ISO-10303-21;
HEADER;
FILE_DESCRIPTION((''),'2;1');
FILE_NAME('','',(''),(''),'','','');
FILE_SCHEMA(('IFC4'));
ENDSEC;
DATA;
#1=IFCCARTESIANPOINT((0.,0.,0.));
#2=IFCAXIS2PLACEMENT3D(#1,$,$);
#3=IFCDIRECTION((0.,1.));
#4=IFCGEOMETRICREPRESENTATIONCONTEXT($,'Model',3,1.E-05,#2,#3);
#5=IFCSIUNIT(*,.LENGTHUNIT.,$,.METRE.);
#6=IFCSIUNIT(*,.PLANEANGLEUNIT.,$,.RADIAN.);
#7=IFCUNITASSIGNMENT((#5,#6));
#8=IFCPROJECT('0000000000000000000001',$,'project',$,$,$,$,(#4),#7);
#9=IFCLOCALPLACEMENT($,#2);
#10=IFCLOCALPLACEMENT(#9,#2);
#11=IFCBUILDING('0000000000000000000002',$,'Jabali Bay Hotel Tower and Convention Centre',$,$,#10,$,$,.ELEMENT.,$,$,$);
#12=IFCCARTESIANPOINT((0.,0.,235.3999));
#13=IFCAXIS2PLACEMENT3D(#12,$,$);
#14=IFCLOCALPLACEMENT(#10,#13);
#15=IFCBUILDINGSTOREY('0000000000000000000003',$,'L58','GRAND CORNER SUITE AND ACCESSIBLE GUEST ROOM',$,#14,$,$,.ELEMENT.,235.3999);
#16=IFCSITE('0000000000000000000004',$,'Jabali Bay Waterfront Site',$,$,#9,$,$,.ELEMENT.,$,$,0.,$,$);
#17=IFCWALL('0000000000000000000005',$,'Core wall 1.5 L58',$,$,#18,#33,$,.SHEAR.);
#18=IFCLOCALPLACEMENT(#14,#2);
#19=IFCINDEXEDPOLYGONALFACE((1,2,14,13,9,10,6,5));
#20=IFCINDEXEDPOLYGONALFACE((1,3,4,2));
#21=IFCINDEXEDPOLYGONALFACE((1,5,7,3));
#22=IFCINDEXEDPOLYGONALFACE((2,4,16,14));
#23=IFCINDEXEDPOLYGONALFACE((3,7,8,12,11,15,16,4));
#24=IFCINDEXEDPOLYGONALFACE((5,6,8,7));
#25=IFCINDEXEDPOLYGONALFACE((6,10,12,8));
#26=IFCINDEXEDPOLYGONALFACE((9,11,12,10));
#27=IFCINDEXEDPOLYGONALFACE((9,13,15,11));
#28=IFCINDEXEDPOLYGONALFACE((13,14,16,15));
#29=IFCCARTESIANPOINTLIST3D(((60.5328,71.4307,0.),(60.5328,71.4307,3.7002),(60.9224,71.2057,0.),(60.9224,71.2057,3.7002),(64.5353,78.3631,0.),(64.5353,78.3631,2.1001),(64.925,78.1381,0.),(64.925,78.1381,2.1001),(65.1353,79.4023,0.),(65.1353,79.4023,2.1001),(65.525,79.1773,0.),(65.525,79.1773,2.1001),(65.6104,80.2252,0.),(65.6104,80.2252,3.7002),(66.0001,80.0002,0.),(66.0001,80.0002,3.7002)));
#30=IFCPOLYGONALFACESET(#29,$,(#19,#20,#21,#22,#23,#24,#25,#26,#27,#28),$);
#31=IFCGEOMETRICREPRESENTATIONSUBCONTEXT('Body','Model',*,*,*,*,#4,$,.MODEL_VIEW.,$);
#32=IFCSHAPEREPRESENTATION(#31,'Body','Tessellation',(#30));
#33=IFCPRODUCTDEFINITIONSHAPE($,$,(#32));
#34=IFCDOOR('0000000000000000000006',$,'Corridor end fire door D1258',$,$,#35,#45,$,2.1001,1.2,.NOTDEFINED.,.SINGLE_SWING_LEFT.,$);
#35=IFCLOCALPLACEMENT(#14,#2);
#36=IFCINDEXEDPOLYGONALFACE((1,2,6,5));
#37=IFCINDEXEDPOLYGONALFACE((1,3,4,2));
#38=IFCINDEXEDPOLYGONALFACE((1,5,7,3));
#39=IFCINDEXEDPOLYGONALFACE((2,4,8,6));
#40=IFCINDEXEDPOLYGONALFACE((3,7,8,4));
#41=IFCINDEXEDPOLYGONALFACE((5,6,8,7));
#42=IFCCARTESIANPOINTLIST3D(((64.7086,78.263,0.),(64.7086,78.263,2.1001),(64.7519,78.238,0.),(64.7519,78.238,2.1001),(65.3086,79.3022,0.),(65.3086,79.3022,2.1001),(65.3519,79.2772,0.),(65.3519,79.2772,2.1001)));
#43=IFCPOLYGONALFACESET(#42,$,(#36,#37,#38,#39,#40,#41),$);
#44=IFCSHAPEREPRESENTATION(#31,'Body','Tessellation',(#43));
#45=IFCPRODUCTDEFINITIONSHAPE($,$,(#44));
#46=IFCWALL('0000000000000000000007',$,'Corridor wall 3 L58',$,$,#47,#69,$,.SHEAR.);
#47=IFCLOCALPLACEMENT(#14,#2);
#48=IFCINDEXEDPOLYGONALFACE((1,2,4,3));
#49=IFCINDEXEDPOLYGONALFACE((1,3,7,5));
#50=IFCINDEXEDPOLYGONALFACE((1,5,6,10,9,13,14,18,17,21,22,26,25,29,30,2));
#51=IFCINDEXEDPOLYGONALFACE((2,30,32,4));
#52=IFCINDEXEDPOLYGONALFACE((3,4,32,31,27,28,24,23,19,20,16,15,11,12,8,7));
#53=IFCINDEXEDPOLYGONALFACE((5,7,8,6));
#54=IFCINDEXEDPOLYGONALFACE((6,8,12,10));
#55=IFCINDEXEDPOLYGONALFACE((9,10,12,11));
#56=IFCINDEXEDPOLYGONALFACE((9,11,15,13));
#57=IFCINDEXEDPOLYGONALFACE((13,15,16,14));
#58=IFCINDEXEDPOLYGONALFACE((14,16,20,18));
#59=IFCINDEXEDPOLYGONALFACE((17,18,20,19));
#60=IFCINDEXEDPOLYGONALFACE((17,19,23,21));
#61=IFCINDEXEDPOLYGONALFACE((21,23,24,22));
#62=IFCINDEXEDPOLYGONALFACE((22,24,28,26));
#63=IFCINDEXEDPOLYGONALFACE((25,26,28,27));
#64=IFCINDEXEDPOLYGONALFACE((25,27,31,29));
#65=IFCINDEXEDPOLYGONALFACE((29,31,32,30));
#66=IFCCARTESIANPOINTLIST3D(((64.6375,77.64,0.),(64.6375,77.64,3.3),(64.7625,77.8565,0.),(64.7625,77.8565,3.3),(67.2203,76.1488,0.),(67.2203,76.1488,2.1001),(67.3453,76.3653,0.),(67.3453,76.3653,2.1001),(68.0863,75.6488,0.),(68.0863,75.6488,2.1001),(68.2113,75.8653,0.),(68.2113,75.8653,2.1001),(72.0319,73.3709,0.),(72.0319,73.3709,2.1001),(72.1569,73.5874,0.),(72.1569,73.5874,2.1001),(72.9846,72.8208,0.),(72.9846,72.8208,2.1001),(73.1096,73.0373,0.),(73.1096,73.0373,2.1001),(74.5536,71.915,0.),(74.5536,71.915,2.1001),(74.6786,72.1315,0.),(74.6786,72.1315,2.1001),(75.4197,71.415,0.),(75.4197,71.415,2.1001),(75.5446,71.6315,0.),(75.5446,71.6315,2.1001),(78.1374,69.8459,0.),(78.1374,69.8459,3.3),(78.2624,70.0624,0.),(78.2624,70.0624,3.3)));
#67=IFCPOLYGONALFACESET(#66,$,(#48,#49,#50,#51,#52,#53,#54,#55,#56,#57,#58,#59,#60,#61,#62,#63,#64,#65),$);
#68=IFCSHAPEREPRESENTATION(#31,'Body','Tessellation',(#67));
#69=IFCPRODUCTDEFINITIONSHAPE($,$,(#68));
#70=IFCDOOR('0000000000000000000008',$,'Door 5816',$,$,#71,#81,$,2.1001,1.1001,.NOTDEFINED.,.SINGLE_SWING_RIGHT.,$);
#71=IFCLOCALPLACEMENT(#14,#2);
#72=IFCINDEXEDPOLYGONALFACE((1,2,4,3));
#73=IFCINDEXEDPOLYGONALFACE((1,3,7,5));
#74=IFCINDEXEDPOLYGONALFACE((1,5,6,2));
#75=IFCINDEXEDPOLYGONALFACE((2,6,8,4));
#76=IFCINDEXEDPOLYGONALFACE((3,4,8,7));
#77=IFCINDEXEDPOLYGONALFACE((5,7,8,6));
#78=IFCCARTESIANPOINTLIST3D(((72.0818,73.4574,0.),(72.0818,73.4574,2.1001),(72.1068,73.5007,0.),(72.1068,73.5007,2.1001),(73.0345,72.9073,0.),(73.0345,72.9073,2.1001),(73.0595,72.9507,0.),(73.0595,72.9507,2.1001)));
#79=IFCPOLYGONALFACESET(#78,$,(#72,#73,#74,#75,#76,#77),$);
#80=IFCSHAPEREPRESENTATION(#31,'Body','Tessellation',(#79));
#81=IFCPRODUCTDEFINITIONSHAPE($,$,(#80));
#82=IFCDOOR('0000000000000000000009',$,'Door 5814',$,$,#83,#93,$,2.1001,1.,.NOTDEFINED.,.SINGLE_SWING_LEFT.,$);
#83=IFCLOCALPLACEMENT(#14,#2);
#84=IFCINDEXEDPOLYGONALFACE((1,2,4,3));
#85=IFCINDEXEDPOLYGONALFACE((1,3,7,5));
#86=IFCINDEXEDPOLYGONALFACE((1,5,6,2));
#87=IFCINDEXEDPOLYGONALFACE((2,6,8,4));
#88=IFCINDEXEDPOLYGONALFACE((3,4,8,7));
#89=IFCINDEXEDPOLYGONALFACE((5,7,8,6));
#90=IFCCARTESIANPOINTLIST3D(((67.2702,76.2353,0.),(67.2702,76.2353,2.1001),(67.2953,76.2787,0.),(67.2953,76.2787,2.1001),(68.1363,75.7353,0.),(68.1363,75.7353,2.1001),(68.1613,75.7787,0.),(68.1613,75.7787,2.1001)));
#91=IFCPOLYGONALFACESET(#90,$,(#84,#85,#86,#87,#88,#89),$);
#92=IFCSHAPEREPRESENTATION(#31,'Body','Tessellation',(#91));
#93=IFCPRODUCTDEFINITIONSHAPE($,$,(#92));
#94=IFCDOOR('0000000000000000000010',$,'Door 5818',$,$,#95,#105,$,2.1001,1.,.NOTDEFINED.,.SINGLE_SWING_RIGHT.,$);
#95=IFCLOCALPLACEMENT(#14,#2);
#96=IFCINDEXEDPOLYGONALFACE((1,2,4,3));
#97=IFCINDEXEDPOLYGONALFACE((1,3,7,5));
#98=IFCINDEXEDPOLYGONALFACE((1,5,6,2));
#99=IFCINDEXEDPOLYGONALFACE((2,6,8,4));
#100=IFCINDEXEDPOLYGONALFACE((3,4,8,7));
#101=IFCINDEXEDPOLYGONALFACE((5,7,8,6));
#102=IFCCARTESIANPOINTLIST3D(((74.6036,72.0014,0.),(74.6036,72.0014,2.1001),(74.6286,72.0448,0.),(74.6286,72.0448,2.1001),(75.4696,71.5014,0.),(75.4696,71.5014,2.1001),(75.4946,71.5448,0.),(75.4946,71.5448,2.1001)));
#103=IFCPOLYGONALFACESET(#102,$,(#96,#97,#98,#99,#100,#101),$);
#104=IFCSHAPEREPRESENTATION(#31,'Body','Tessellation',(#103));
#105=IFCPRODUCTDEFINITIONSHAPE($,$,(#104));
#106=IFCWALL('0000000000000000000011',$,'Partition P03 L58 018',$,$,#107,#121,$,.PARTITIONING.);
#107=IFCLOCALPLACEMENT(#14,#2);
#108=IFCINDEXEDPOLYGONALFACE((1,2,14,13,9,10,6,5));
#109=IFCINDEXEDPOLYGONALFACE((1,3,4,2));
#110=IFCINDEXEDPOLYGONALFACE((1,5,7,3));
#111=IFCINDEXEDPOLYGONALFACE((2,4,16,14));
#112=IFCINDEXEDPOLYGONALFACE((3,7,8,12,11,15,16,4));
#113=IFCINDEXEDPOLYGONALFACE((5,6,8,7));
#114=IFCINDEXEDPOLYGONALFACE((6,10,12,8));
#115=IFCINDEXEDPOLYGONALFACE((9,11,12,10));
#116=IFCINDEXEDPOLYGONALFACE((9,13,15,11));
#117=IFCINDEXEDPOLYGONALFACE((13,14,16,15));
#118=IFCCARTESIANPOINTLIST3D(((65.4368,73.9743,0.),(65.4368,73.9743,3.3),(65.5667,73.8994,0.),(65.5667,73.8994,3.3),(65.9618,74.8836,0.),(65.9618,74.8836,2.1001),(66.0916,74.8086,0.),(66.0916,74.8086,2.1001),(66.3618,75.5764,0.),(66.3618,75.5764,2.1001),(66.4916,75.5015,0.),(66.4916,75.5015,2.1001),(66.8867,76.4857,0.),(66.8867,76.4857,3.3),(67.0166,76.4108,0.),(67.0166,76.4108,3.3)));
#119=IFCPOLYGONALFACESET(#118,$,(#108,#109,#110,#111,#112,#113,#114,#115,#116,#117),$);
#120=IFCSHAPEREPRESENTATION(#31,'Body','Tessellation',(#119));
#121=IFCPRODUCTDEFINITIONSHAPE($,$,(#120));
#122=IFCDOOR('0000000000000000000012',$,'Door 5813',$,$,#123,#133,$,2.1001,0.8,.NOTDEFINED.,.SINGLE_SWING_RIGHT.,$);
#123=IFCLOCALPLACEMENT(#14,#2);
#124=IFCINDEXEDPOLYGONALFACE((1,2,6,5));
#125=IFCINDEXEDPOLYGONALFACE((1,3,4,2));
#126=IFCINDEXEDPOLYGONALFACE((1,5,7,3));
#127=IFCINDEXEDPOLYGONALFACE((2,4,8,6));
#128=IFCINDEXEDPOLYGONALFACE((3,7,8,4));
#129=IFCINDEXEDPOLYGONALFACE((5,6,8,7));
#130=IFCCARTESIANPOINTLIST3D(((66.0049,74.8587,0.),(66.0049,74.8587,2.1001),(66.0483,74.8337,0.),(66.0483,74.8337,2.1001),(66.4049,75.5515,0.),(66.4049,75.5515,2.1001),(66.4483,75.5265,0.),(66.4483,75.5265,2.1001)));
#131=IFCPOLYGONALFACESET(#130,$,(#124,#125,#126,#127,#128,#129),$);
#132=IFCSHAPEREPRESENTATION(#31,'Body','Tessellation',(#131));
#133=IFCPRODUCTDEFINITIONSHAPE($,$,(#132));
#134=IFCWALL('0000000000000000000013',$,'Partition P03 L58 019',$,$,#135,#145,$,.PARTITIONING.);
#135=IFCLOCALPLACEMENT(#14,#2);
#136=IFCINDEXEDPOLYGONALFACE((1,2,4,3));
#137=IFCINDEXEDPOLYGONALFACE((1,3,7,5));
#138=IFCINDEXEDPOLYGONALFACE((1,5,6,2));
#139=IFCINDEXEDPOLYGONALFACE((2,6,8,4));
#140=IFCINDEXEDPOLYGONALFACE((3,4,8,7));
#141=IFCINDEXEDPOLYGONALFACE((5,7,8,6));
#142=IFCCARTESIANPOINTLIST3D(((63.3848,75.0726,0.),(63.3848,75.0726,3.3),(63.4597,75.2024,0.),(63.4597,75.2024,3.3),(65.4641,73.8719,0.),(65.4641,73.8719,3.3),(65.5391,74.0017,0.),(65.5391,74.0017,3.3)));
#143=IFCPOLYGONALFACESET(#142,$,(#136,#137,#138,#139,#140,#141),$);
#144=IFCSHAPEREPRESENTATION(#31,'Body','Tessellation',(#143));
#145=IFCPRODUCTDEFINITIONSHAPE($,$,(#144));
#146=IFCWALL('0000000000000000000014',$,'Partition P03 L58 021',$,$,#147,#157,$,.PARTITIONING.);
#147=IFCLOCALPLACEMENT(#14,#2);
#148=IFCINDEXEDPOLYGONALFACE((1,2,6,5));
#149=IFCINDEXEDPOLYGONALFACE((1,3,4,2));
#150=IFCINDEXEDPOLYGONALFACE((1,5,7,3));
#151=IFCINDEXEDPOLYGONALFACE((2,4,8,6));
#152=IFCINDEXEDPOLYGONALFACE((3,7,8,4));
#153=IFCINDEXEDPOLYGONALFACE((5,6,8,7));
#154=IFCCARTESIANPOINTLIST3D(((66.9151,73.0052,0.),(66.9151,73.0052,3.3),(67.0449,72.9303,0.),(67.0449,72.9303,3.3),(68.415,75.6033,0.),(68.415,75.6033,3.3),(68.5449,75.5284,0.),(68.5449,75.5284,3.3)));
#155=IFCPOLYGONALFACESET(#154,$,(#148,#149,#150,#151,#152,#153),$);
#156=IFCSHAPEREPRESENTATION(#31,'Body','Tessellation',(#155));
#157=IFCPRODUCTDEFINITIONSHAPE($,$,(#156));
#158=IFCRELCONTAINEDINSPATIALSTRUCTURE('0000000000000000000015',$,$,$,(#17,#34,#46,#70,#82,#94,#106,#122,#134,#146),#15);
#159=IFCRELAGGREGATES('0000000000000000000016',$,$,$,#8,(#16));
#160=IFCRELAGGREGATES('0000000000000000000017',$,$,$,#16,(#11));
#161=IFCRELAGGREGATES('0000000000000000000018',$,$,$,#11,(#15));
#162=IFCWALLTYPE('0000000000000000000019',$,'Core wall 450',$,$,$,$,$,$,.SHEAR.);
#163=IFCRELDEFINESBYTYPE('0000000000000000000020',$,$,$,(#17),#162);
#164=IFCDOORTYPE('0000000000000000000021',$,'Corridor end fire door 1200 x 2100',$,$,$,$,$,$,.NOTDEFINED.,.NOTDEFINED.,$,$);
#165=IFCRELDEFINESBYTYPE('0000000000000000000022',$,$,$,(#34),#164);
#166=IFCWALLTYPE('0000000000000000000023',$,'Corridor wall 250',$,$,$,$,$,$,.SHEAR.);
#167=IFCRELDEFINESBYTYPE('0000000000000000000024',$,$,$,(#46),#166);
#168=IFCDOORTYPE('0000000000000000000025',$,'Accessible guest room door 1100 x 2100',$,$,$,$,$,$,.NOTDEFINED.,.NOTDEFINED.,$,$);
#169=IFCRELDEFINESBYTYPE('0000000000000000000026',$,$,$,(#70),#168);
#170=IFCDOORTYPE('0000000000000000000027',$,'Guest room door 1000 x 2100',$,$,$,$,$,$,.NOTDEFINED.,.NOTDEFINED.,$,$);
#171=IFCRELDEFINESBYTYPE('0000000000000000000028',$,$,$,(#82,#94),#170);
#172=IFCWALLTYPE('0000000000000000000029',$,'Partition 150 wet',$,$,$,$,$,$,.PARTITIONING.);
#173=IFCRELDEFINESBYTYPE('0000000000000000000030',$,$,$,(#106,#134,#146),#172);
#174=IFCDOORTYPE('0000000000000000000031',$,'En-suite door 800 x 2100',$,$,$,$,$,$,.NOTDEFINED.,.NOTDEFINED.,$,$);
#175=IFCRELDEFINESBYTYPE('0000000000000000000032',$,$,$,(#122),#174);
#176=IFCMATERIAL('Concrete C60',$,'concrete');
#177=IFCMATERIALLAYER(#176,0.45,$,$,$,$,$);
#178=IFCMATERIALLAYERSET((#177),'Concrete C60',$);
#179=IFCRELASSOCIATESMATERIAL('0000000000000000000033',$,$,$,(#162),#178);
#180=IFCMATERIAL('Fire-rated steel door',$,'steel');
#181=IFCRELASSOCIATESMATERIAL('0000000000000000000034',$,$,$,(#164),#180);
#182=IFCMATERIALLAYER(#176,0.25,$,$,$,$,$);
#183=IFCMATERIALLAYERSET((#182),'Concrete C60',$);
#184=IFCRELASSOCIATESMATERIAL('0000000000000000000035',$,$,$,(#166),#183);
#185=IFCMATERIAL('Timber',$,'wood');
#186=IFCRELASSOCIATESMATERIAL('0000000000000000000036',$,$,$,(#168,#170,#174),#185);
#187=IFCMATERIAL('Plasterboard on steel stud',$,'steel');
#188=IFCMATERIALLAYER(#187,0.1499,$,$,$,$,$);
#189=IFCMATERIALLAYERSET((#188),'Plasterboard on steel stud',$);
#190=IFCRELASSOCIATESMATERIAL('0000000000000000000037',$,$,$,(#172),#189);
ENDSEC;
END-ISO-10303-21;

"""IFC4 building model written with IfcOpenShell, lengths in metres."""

from ifc_helpers import new_model, si_unit, direction, frame, frame_2d, origin, place, context, subcontext, project, spatial, rectangle, extrude, material, layer, layer_set, type_object, element, fill, save


model = new_model("IFC4")

# Units and contexts
model_context = context("Model", 3, precision=1e-05, world=origin(), true_north=direction((0.0, 1.0)))
body_context = subcontext(model_context, "Body", "Model", "MODEL_VIEW")
ifc_project = project(units=[si_unit("LENGTHUNIT", "METRE"), si_unit("PLANEANGLEUNIT", "RADIAN")], contexts=[model_context])

# Site, building, storey
site_placement = place(None, origin())
site = spatial("IfcSite", under=ifc_project, at=site_placement, Name="Jabali Bay Waterfront Site", CompositionType="ELEMENT", RefElevation=0.0)
building_placement = place(site_placement, origin())
building = spatial("IfcBuilding", under=site, at=building_placement, Name="Jabali Bay Hotel Tower and Convention Centre", CompositionType="ELEMENT")
storey_placement = place(building_placement, frame((0.0, 0.0, 235.3999)))
storey = spatial("IfcBuildingStorey", under=building, at=storey_placement, Name="L58", Description="GRAND CORNER SUITE AND ACCESSIBLE GUEST ROOM", CompositionType="ELEMENT", Elevation=235.3999)

# Shared definitions
ifc_material_1 = material(Name="Concrete C60", Category="concrete")

# Shared definitions
ifc_material_2 = material(Name="Fire-rated steel door", Category="steel")

# Wall, opening, door
ifc_layer_1 = layer(ifc_material_1, 0.45)
ifc_layer_set_1 = layer_set([ifc_layer_1], Name="Concrete C60")
wall_type_1 = type_object("IfcWallType", Name="Core wall 450", PredefinedType="SHEAR", material=ifc_layer_set_1)
wall_1_placement = place(storey_placement, frame((60.7275, 71.3181, 0.0), z_axis=(0.0, 0.0, 1.0), x_axis=(0.500012, 0.866018, 0.0)))
wall_1 = element("IfcWall", 1, at=wall_1_placement, inside=storey, type_object=wall_type_1, Name="Core wall 1.5 L58", PredefinedType="SHEAR", context=body_context, shape_type="SweptSolid", body=[
    extrude(rectangle(XDim=10.155, YDim=0.45, at=frame_2d((5.0776, 0.0))), origin(), (0.0, 0.0, 1.0), 3.7002),
])
opening_1_placement = place(wall_1_placement, frame((8.0049, 0.0, 0.0)))
opening_1 = element("IfcOpeningElement", 2, at=opening_1_placement, cuts=wall_1, PredefinedType="OPENING", context=body_context, shape_type="SweptSolid", body=[
    extrude(rectangle(XDim=1.2, YDim=2.1001, at=frame_2d((0.6001, 1.05))), frame((0.0, 0.2354, 0.0), z_axis=(0.0, -1.0, 0.0), x_axis=(1.0, 0.0, 0.0)), (0.0, 0.0, 1.0), 0.4709),
])
door_type_1 = type_object("IfcDoorType", Name="Corridor end fire door 1200 x 2100", OperationType="NOTDEFINED", PredefinedType="NOTDEFINED", material=ifc_material_2)
door_1_placement = place(opening_1_placement, origin())
door_1 = element("IfcDoor", 3, at=door_1_placement, inside=storey, type_object=door_type_1, Name="Corridor end fire door D1258", OperationType="SINGLE_SWING_LEFT", OverallHeight=2.1001, OverallWidth=1.2, PredefinedType="NOTDEFINED", context=body_context, shape_type="SweptSolid", body=[
    extrude(rectangle(XDim=1.2, YDim=2.1001, at=frame_2d((0.6001, 1.05))), frame((0.0, 0.0249, 0.0), z_axis=(0.0, -1.0, 0.0), x_axis=(1.0, 0.0, 0.0)), (0.0, 0.0, 1.0), 0.05),
])
fill(opening_1, door_1)

# Wall, openings, doors
ifc_layer_2 = layer(ifc_material_1, 0.25)
ifc_layer_set_2 = layer_set([ifc_layer_2], Name="Concrete C60")
wall_type_2 = type_object("IfcWallType", Name="Corridor wall 250", PredefinedType="SHEAR", material=ifc_layer_set_2)
wall_2_placement = place(storey_placement, frame((64.7, 77.7483, 0.0), z_axis=(0.0, 0.0, 1.0), x_axis=(0.866026, -0.499998, 0.0)))
wall_2 = element("IfcWall", 4, at=wall_2_placement, inside=storey, type_object=wall_type_2, Name="Corridor wall 3 L58", PredefinedType="SHEAR", context=body_context, shape_type="SweptSolid", body=[
    extrude(rectangle(XDim=15.5884, YDim=0.25, at=frame_2d((7.7942, 0.0))), origin(), (0.0, 0.0, 1.0), 3.3),
])
opening_2_placement = place(wall_2_placement, frame((2.9824, 0.0, 0.0)))
opening_2 = element("IfcOpeningElement", 5, at=opening_2_placement, cuts=wall_2, PredefinedType="OPENING", context=body_context, shape_type="SweptSolid", body=[
    extrude(rectangle(XDim=1.0, YDim=2.1001, at=frame_2d((0.5, 1.05))), frame((0.0, 0.1355, 0.0), z_axis=(0.0, -1.0, 0.0), x_axis=(1.0, 0.0, 0.0)), (0.0, 0.0, 1.0), 0.271),
])
opening_3_placement = place(wall_2_placement, frame((8.5383, 0.0, 0.0)))
opening_3 = element("IfcOpeningElement", 6, at=opening_3_placement, cuts=wall_2, PredefinedType="OPENING", context=body_context, shape_type="SweptSolid", body=[
    extrude(rectangle(XDim=1.1001, YDim=2.1001, at=frame_2d((0.55, 1.05))), frame((0.0, 0.1355, 0.0), z_axis=(0.0, -1.0, 0.0), x_axis=(1.0, 0.0, 0.0)), (0.0, 0.0, 1.0), 0.271),
])
opening_4_placement = place(wall_2_placement, frame((11.4502, 0.0, 0.0)))
opening_4 = element("IfcOpeningElement", 7, at=opening_4_placement, cuts=wall_2, PredefinedType="OPENING", context=body_context, shape_type="SweptSolid", body=[
    extrude(rectangle(XDim=1.0, YDim=2.1001, at=frame_2d((0.5, 1.05))), frame((0.0, 0.1355, 0.0), z_axis=(0.0, -1.0, 0.0), x_axis=(1.0, 0.0, 0.0)), (0.0, 0.0, 1.0), 0.271),
])
ifc_material_3 = material(Name="Timber", Category="wood")
door_type_2 = type_object("IfcDoorType", Name="Accessible guest room door 1100 x 2100", OperationType="NOTDEFINED", PredefinedType="NOTDEFINED", material=ifc_material_3)
door_2_placement = place(opening_3_placement, origin())
door_2 = element("IfcDoor", 8, at=door_2_placement, inside=storey, type_object=door_type_2, Name="Door 5816", OperationType="SINGLE_SWING_RIGHT", OverallHeight=2.1001, OverallWidth=1.1001, PredefinedType="NOTDEFINED", context=body_context, shape_type="SweptSolid", body=[
    extrude(rectangle(XDim=1.1001, YDim=2.1001, at=frame_2d((0.55, 1.05))), frame((0.0, 0.0249, 0.0), z_axis=(0.0, -1.0, 0.0), x_axis=(1.0, 0.0, 0.0)), (0.0, 0.0, 1.0), 0.05),
])
fill(opening_3, door_2)
door_type_3 = type_object("IfcDoorType", Name="Guest room door 1000 x 2100", OperationType="NOTDEFINED", PredefinedType="NOTDEFINED", material=ifc_material_3)
door_3_placement = place(opening_2_placement, origin())
door_3 = element("IfcDoor", 9, at=door_3_placement, inside=storey, type_object=door_type_3, Name="Door 5814", OperationType="SINGLE_SWING_LEFT", OverallHeight=2.1001, OverallWidth=1.0, PredefinedType="NOTDEFINED", context=body_context, shape_type="SweptSolid", body=[
    extrude(rectangle(XDim=1.0, YDim=2.1001, at=frame_2d((0.5, 1.05))), frame((0.0, 0.0249, 0.0), z_axis=(0.0, -1.0, 0.0), x_axis=(1.0, 0.0, 0.0)), (0.0, 0.0, 1.0), 0.05),
])
fill(opening_2, door_3)
door_4_placement = place(opening_4_placement, origin())
door_4 = element("IfcDoor", 10, at=door_4_placement, inside=storey, type_object=door_type_3, Name="Door 5818", OperationType="SINGLE_SWING_RIGHT", OverallHeight=2.1001, OverallWidth=1.0, PredefinedType="NOTDEFINED", context=body_context, shape_type="SweptSolid", body=[
    extrude(rectangle(XDim=1.0, YDim=2.1001, at=frame_2d((0.5, 1.05))), frame((0.0, 0.0249, 0.0), z_axis=(0.0, -1.0, 0.0), x_axis=(1.0, 0.0, 0.0)), (0.0, 0.0, 1.0), 0.05),
])
fill(opening_4, door_4)

# Wall, opening, door
ifc_material_4 = material(Name="Plasterboard on steel stud", Category="steel")
ifc_layer_3 = layer(ifc_material_4, 0.1499)
ifc_layer_set_3 = layer_set([ifc_layer_3], Name="Plasterboard on steel stud")
wall_type_3 = type_object("IfcWallType", Name="Partition 150 wet", PredefinedType="PARTITIONING", material=ifc_layer_set_3)
wall_3_placement = place(storey_placement, frame((66.9517, 76.4482, 0.0), z_axis=(0.0, 0.0, 1.0), x_axis=(-0.499987, -0.866033, 0.0)))
wall_3 = element("IfcWall", 11, at=wall_3_placement, inside=storey, type_object=wall_type_3, Name="Partition P03 L58 018", PredefinedType="PARTITIONING", context=body_context, shape_type="SweptSolid", body=[
    extrude(rectangle(XDim=2.8999, YDim=0.1499, at=frame_2d((1.45, 0.0))), origin(), (0.0, 0.0, 1.0), 3.3),
])
opening_5_placement = place(wall_3_placement, frame((1.05, 0.0, 0.0)))
opening_5 = element("IfcOpeningElement", 12, at=opening_5_placement, cuts=wall_3, PredefinedType="OPENING", context=body_context, shape_type="SweptSolid", body=[
    extrude(rectangle(XDim=0.8, YDim=2.1001, at=frame_2d((0.3999, 1.05))), frame((0.0, 0.0854, 0.0), z_axis=(0.0, -1.0, 0.0), x_axis=(1.0, 0.0, 0.0)), (0.0, 0.0, 1.0), 0.1709),
])
door_type_4 = type_object("IfcDoorType", Name="En-suite door 800 x 2100", OperationType="NOTDEFINED", PredefinedType="NOTDEFINED", material=ifc_material_3)
door_5_placement = place(opening_5_placement, origin())
door_5 = element("IfcDoor", 13, at=door_5_placement, inside=storey, type_object=door_type_4, Name="Door 5813", OperationType="SINGLE_SWING_RIGHT", OverallHeight=2.1001, OverallWidth=0.8, PredefinedType="NOTDEFINED", context=body_context, shape_type="SweptSolid", body=[
    extrude(rectangle(XDim=0.8, YDim=2.1001, at=frame_2d((0.3999, 1.05))), frame((0.0, 0.0249, 0.0), z_axis=(0.0, -1.0, 0.0), x_axis=(1.0, 0.0, 0.0)), (0.0, 0.0, 1.0), 0.05),
])
fill(opening_5, door_5)

# Walls
wall_4_placement = place(storey_placement, frame((65.5017, 73.9368, 0.0), z_axis=(0.0, 0.0, 1.0), x_axis=(-0.865994, 0.500054, 0.0)))
element("IfcWall", 14, at=wall_4_placement, inside=storey, type_object=wall_type_3, Name="Partition P03 L58 019", PredefinedType="PARTITIONING", context=body_context, shape_type="SweptSolid", body=[
    extrude(rectangle(XDim=2.4011, YDim=0.1499, at=frame_2d((1.2007, 0.0))), origin(), (0.0, 0.0, 1.0), 3.3),
])
wall_5_placement = place(storey_placement, frame((66.98, 72.9678, 0.0), z_axis=(0.0, 0.0, 1.0), x_axis=(0.49999, 0.866031, 0.0)))
element("IfcWall", 15, at=wall_5_placement, inside=storey, type_object=wall_type_3, Name="Partition P03 L58 021", PredefinedType="PARTITIONING", context=body_context, shape_type="SweptSolid", body=[
    extrude(rectangle(XDim=3.0, YDim=0.1499, at=frame_2d((1.5, 0.0))), origin(), (0.0, 0.0, 1.0), 3.3),
])

save(model, "model.ifc")
